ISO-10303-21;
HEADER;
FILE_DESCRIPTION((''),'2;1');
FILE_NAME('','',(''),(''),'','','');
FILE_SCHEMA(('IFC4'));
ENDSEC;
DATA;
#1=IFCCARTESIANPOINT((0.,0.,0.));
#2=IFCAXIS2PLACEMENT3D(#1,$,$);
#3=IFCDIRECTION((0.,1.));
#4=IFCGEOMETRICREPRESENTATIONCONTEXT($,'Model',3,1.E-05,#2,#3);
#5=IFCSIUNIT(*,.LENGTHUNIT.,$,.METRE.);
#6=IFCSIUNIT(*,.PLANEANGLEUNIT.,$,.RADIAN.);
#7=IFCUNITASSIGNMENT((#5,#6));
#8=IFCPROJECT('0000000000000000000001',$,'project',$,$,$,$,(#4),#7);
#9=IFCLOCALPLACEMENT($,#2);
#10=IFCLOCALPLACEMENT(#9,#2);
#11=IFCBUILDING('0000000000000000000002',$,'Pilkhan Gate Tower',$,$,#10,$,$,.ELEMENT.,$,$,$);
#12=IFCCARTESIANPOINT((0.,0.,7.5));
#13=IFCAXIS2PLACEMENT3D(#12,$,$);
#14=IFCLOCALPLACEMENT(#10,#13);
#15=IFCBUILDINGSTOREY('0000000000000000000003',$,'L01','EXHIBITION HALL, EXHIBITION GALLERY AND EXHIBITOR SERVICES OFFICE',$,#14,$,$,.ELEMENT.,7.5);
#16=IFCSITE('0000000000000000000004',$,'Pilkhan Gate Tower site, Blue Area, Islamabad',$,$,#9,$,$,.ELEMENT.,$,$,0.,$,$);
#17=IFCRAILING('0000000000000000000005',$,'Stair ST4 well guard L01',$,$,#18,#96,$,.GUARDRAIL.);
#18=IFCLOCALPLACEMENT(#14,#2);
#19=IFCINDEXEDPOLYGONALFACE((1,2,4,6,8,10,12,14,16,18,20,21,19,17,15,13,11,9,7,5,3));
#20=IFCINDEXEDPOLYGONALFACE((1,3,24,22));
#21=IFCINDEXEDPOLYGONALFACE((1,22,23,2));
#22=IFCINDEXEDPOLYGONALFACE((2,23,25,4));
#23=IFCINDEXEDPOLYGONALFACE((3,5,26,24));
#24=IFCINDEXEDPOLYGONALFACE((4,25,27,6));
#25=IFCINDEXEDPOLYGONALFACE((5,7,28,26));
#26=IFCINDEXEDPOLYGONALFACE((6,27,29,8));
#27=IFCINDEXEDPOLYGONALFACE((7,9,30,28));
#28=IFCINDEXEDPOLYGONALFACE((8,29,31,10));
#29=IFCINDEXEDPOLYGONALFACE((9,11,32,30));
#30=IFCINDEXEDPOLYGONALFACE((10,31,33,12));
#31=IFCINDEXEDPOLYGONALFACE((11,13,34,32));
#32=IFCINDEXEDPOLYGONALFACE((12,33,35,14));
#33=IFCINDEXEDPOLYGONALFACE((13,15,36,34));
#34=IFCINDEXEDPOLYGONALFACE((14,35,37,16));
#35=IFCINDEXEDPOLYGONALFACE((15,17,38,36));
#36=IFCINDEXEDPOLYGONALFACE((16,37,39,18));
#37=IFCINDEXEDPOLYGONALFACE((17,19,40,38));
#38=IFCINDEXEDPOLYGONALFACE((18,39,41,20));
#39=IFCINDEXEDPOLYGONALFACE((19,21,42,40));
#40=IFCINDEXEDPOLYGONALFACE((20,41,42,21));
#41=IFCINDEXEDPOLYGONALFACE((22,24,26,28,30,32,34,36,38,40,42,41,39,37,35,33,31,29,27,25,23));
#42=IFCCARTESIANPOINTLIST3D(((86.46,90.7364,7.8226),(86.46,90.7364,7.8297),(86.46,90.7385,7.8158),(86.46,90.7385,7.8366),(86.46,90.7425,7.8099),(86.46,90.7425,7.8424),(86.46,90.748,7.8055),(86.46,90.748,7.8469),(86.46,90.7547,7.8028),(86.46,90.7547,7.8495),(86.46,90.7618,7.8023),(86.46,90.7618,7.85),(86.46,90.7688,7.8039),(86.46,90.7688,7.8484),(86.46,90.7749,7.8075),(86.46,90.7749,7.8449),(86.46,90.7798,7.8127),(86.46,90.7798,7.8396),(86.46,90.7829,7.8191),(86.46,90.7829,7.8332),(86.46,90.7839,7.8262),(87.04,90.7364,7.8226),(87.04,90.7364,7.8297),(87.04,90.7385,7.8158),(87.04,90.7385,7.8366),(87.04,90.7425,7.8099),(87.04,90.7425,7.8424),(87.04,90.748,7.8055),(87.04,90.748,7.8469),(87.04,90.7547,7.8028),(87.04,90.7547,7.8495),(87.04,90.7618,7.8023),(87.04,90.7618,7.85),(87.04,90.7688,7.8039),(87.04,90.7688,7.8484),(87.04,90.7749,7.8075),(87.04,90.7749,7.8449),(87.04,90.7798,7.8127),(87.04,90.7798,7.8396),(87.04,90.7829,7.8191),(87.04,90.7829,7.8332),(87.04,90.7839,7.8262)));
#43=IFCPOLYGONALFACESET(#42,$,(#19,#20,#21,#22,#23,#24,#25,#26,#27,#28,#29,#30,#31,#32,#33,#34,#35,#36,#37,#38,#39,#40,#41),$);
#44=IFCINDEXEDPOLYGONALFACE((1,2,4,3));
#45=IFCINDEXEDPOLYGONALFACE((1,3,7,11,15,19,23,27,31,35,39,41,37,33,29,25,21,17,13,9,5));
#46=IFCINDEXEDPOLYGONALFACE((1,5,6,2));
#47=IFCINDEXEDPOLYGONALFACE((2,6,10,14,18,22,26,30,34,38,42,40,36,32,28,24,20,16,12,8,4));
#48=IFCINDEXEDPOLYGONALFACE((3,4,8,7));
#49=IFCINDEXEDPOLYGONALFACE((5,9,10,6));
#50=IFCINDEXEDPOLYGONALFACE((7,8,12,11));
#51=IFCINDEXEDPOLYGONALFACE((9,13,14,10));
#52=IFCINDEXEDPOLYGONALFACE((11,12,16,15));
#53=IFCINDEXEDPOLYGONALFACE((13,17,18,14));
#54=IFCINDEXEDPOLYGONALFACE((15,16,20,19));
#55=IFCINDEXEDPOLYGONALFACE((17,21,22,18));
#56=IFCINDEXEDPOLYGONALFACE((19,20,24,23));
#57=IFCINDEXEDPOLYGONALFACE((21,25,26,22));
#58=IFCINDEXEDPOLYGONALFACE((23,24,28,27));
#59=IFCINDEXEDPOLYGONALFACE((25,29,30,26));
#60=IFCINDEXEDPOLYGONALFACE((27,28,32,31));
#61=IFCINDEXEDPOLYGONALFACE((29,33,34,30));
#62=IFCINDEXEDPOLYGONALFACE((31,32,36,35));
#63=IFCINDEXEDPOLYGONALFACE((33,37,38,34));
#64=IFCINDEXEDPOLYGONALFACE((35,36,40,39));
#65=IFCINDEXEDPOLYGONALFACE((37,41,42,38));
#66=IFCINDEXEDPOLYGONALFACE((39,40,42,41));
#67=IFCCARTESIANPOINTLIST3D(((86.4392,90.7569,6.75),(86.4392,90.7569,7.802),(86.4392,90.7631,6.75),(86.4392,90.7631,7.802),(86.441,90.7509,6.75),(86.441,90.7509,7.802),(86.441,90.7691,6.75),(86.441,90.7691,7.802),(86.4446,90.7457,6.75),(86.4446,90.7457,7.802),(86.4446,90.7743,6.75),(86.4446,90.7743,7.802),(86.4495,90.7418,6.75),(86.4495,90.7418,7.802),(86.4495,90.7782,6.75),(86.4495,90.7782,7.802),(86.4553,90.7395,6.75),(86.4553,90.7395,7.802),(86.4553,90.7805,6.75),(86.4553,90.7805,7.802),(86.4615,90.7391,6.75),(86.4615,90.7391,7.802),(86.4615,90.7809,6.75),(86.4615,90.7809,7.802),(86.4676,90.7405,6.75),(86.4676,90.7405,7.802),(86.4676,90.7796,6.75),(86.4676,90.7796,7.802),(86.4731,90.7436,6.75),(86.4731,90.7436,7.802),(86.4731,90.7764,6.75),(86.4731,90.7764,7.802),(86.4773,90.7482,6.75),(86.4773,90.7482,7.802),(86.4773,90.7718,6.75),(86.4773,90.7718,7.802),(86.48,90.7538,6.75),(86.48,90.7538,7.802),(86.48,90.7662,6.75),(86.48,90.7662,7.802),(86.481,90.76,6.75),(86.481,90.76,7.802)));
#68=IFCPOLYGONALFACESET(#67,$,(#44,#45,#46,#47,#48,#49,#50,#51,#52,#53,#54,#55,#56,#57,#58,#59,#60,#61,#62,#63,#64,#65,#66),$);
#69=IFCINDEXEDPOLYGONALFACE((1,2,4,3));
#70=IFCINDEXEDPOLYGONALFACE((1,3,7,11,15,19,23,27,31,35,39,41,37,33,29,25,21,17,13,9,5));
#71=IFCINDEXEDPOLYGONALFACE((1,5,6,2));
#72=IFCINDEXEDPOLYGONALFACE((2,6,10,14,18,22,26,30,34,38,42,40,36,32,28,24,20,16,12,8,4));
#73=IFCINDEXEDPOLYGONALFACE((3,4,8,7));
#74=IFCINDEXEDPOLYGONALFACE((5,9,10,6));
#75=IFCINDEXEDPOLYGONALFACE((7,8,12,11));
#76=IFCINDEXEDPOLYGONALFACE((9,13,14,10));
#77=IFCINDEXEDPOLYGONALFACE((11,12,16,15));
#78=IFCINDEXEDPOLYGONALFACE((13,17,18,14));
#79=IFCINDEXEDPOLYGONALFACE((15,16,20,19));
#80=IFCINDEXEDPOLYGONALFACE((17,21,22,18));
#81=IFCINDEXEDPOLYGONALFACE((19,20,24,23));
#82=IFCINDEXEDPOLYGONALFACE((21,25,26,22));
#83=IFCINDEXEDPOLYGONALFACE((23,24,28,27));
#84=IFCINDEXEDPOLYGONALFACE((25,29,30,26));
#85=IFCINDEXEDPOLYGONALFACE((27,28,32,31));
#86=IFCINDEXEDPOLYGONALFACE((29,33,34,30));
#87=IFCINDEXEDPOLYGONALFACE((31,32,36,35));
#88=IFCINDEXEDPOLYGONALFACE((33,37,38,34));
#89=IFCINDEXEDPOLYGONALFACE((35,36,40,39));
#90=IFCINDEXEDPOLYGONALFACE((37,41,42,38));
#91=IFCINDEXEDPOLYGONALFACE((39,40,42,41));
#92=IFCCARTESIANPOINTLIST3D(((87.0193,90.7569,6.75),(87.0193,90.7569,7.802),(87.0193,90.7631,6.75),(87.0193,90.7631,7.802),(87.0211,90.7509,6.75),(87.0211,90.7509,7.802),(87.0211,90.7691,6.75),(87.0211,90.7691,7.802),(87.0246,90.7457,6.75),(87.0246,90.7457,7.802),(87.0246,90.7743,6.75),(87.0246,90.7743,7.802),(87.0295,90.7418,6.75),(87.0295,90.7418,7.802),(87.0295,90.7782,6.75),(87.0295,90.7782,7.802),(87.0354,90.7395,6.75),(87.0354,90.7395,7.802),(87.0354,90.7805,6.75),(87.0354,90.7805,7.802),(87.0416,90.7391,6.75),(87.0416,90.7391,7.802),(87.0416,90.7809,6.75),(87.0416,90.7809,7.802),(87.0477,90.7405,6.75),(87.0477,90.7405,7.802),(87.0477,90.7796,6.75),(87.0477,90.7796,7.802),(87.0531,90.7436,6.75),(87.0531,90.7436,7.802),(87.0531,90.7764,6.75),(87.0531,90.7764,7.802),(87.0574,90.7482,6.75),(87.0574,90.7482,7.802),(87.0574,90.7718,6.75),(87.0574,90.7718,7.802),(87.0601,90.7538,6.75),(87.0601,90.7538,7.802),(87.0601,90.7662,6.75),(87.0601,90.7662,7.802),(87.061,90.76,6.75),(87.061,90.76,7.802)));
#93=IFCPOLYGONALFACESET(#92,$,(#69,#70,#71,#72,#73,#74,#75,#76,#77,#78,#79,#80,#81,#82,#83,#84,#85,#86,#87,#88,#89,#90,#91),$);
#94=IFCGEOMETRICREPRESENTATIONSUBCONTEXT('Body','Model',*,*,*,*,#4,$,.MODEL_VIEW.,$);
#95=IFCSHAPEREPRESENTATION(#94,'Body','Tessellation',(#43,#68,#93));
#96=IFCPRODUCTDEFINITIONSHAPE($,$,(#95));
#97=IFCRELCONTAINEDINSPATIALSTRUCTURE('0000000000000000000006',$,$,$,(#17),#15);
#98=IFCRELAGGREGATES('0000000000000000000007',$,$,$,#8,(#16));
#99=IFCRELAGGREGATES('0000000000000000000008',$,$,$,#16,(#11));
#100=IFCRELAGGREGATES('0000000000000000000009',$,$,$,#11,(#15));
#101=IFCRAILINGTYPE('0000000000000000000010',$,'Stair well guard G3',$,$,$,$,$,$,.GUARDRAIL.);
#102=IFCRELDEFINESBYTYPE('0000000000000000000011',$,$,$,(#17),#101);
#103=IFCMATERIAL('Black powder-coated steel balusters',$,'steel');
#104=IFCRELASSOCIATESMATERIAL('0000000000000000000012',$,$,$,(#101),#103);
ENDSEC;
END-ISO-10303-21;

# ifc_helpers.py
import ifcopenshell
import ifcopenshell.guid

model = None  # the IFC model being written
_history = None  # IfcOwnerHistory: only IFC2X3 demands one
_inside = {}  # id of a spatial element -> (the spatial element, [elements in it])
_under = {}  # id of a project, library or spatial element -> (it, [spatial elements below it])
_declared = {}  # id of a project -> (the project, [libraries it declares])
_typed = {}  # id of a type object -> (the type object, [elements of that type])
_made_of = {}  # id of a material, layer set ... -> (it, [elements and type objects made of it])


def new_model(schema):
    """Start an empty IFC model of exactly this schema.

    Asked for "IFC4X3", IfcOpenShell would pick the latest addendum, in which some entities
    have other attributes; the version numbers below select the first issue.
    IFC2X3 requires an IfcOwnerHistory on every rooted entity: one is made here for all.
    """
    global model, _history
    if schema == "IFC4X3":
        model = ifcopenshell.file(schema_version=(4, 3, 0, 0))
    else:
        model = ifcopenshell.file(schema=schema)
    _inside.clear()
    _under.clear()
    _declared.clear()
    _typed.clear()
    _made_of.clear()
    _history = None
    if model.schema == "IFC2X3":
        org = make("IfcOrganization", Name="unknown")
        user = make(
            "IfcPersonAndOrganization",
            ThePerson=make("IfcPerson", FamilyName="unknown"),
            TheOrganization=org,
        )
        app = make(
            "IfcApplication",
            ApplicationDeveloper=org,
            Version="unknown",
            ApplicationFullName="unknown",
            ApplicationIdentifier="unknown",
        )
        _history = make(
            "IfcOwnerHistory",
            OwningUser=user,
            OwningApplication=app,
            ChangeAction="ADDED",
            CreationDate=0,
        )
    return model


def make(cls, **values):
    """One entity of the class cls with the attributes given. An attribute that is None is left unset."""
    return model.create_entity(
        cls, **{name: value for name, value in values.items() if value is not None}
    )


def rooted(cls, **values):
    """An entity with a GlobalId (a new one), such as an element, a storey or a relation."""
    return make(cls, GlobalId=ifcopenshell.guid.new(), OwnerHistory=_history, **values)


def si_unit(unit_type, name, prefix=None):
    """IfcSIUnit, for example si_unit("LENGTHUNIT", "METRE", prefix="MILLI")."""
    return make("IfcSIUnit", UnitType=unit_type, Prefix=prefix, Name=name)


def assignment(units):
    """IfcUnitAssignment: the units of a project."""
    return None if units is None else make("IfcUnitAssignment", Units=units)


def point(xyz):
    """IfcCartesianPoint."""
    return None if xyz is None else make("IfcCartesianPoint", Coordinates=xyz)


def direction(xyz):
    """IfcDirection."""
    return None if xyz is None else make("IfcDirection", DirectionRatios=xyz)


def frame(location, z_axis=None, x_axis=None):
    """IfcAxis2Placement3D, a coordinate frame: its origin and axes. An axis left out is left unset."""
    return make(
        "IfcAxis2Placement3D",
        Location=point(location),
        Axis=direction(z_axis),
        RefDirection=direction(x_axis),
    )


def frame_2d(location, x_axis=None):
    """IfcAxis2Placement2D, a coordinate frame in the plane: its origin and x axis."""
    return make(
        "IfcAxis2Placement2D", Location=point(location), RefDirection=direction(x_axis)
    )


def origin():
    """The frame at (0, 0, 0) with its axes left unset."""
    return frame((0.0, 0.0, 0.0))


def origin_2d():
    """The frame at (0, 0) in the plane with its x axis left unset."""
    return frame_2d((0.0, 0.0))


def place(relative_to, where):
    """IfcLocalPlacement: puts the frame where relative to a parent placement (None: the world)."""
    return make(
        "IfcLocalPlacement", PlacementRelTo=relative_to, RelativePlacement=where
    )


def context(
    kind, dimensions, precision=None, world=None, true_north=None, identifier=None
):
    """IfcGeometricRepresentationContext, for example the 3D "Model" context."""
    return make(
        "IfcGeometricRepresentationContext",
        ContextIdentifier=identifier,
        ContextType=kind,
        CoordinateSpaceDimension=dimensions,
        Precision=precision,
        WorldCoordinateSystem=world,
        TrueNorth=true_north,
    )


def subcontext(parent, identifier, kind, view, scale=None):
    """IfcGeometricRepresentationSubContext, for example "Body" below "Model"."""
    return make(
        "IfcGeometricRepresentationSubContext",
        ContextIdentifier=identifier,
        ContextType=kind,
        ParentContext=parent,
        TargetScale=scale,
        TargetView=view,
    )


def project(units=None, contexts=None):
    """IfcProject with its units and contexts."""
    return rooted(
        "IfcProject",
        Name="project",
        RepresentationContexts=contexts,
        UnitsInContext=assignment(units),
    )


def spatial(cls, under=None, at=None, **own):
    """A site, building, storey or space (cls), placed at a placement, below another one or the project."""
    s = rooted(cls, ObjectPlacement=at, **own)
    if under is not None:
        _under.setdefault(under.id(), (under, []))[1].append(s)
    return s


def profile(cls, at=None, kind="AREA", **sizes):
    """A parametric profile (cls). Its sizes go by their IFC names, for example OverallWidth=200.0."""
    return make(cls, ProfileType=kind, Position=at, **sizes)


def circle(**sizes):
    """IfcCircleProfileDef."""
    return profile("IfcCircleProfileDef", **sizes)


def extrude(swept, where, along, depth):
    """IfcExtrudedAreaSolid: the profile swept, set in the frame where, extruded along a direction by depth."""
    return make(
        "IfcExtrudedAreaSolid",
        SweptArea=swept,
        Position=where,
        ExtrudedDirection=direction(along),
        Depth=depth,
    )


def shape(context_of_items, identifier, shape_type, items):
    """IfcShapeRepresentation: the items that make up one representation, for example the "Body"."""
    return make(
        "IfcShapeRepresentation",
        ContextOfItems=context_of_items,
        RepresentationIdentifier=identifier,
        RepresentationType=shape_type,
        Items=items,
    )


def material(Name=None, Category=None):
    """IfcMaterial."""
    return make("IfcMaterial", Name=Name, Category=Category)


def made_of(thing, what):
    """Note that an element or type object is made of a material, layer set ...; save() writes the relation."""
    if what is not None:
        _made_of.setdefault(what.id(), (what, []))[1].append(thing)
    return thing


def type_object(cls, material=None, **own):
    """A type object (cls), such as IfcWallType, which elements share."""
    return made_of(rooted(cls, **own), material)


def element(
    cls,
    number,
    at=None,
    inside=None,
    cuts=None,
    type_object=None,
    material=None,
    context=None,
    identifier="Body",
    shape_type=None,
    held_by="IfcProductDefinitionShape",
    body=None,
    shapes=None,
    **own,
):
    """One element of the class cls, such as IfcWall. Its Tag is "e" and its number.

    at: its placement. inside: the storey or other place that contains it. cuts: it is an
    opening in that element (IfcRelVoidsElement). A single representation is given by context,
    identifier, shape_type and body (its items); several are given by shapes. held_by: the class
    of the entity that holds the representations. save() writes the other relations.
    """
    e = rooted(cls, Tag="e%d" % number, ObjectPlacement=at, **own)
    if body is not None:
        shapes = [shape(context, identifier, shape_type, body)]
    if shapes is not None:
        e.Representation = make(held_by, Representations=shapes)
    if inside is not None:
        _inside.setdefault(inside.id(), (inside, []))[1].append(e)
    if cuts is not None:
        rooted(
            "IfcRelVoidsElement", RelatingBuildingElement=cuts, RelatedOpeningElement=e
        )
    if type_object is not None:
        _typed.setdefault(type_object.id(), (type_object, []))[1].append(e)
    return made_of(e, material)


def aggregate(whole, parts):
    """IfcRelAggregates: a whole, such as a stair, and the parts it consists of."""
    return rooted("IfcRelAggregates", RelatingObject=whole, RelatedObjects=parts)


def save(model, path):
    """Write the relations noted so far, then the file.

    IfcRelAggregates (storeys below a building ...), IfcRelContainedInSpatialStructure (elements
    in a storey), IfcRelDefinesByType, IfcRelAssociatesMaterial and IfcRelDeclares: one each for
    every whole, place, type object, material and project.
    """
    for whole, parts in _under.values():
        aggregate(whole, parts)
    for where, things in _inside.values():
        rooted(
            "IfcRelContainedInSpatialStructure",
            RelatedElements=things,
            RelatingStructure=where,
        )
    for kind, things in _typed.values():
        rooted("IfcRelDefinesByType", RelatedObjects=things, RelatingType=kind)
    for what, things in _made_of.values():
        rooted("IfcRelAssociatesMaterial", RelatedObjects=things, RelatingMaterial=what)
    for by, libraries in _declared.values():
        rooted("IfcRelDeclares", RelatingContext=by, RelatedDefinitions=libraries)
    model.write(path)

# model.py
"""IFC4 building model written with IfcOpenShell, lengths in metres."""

from ifc_helpers import new_model, si_unit, direction, frame, origin, origin_2d, place, context, subcontext, project, spatial, circle, extrude, material, type_object, element, save


model = new_model("IFC4")

# Units and contexts
model_context = context("Model", 3, precision=1e-05, world=origin(), true_north=direction((0.0, 1.0)))
body_context = subcontext(model_context, "Body", "Model", "MODEL_VIEW")
ifc_project = project(units=[si_unit("LENGTHUNIT", "METRE"), si_unit("PLANEANGLEUNIT", "RADIAN")], contexts=[model_context])

# Site, building, storey
site_placement = place(None, origin())
site = spatial("IfcSite", under=ifc_project, at=site_placement, Name="Pilkhan Gate Tower site, Blue Area, Islamabad", CompositionType="ELEMENT", RefElevation=0.0)
building_placement = place(site_placement, origin())
building = spatial("IfcBuilding", under=site, at=building_placement, Name="Pilkhan Gate Tower", CompositionType="ELEMENT")
storey_placement = place(building_placement, frame((0.0, 0.0, 7.5)))
storey = spatial("IfcBuildingStorey", under=building, at=storey_placement, Name="L01", Description="EXHIBITION HALL, EXHIBITION GALLERY AND EXHIBITOR SERVICES OFFICE", CompositionType="ELEMENT", Elevation=7.5)

# Railing
ifc_material_1 = material(Name="Black powder-coated steel balusters", Category="steel")
railing_type_1 = type_object("IfcRailingType", Name="Stair well guard G3", PredefinedType="GUARDRAIL", material=ifc_material_1)
for number, where, name in (
    (1, (86.46, 90.76, 6.75), "Stair ST4 well guard L01"),
):
    element("IfcRailing", number, at=place(storey_placement, frame(where)), inside=storey, type_object=railing_type_1, Name=name, PredefinedType="GUARDRAIL", context=body_context, shape_type="SweptSolid", body=[
        extrude(circle(Radius=0.0239, at=origin_2d()), frame((0.0, 0.0, 1.0762), z_axis=(1.0, 0.0, 0.0), x_axis=(0.0, 1.0, 0.0)), (0.0, 0.0, 1.0), 0.5801),
        extrude(circle(Radius=0.021, at=origin_2d()), origin(), (0.0, 0.0, 1.0), 1.052),
        extrude(circle(Radius=0.021, at=origin_2d()), frame((0.5801, 0.0, 0.0)), (0.0, 0.0, 1.0), 1.052),
    ])

save(model, "model.ifc")
